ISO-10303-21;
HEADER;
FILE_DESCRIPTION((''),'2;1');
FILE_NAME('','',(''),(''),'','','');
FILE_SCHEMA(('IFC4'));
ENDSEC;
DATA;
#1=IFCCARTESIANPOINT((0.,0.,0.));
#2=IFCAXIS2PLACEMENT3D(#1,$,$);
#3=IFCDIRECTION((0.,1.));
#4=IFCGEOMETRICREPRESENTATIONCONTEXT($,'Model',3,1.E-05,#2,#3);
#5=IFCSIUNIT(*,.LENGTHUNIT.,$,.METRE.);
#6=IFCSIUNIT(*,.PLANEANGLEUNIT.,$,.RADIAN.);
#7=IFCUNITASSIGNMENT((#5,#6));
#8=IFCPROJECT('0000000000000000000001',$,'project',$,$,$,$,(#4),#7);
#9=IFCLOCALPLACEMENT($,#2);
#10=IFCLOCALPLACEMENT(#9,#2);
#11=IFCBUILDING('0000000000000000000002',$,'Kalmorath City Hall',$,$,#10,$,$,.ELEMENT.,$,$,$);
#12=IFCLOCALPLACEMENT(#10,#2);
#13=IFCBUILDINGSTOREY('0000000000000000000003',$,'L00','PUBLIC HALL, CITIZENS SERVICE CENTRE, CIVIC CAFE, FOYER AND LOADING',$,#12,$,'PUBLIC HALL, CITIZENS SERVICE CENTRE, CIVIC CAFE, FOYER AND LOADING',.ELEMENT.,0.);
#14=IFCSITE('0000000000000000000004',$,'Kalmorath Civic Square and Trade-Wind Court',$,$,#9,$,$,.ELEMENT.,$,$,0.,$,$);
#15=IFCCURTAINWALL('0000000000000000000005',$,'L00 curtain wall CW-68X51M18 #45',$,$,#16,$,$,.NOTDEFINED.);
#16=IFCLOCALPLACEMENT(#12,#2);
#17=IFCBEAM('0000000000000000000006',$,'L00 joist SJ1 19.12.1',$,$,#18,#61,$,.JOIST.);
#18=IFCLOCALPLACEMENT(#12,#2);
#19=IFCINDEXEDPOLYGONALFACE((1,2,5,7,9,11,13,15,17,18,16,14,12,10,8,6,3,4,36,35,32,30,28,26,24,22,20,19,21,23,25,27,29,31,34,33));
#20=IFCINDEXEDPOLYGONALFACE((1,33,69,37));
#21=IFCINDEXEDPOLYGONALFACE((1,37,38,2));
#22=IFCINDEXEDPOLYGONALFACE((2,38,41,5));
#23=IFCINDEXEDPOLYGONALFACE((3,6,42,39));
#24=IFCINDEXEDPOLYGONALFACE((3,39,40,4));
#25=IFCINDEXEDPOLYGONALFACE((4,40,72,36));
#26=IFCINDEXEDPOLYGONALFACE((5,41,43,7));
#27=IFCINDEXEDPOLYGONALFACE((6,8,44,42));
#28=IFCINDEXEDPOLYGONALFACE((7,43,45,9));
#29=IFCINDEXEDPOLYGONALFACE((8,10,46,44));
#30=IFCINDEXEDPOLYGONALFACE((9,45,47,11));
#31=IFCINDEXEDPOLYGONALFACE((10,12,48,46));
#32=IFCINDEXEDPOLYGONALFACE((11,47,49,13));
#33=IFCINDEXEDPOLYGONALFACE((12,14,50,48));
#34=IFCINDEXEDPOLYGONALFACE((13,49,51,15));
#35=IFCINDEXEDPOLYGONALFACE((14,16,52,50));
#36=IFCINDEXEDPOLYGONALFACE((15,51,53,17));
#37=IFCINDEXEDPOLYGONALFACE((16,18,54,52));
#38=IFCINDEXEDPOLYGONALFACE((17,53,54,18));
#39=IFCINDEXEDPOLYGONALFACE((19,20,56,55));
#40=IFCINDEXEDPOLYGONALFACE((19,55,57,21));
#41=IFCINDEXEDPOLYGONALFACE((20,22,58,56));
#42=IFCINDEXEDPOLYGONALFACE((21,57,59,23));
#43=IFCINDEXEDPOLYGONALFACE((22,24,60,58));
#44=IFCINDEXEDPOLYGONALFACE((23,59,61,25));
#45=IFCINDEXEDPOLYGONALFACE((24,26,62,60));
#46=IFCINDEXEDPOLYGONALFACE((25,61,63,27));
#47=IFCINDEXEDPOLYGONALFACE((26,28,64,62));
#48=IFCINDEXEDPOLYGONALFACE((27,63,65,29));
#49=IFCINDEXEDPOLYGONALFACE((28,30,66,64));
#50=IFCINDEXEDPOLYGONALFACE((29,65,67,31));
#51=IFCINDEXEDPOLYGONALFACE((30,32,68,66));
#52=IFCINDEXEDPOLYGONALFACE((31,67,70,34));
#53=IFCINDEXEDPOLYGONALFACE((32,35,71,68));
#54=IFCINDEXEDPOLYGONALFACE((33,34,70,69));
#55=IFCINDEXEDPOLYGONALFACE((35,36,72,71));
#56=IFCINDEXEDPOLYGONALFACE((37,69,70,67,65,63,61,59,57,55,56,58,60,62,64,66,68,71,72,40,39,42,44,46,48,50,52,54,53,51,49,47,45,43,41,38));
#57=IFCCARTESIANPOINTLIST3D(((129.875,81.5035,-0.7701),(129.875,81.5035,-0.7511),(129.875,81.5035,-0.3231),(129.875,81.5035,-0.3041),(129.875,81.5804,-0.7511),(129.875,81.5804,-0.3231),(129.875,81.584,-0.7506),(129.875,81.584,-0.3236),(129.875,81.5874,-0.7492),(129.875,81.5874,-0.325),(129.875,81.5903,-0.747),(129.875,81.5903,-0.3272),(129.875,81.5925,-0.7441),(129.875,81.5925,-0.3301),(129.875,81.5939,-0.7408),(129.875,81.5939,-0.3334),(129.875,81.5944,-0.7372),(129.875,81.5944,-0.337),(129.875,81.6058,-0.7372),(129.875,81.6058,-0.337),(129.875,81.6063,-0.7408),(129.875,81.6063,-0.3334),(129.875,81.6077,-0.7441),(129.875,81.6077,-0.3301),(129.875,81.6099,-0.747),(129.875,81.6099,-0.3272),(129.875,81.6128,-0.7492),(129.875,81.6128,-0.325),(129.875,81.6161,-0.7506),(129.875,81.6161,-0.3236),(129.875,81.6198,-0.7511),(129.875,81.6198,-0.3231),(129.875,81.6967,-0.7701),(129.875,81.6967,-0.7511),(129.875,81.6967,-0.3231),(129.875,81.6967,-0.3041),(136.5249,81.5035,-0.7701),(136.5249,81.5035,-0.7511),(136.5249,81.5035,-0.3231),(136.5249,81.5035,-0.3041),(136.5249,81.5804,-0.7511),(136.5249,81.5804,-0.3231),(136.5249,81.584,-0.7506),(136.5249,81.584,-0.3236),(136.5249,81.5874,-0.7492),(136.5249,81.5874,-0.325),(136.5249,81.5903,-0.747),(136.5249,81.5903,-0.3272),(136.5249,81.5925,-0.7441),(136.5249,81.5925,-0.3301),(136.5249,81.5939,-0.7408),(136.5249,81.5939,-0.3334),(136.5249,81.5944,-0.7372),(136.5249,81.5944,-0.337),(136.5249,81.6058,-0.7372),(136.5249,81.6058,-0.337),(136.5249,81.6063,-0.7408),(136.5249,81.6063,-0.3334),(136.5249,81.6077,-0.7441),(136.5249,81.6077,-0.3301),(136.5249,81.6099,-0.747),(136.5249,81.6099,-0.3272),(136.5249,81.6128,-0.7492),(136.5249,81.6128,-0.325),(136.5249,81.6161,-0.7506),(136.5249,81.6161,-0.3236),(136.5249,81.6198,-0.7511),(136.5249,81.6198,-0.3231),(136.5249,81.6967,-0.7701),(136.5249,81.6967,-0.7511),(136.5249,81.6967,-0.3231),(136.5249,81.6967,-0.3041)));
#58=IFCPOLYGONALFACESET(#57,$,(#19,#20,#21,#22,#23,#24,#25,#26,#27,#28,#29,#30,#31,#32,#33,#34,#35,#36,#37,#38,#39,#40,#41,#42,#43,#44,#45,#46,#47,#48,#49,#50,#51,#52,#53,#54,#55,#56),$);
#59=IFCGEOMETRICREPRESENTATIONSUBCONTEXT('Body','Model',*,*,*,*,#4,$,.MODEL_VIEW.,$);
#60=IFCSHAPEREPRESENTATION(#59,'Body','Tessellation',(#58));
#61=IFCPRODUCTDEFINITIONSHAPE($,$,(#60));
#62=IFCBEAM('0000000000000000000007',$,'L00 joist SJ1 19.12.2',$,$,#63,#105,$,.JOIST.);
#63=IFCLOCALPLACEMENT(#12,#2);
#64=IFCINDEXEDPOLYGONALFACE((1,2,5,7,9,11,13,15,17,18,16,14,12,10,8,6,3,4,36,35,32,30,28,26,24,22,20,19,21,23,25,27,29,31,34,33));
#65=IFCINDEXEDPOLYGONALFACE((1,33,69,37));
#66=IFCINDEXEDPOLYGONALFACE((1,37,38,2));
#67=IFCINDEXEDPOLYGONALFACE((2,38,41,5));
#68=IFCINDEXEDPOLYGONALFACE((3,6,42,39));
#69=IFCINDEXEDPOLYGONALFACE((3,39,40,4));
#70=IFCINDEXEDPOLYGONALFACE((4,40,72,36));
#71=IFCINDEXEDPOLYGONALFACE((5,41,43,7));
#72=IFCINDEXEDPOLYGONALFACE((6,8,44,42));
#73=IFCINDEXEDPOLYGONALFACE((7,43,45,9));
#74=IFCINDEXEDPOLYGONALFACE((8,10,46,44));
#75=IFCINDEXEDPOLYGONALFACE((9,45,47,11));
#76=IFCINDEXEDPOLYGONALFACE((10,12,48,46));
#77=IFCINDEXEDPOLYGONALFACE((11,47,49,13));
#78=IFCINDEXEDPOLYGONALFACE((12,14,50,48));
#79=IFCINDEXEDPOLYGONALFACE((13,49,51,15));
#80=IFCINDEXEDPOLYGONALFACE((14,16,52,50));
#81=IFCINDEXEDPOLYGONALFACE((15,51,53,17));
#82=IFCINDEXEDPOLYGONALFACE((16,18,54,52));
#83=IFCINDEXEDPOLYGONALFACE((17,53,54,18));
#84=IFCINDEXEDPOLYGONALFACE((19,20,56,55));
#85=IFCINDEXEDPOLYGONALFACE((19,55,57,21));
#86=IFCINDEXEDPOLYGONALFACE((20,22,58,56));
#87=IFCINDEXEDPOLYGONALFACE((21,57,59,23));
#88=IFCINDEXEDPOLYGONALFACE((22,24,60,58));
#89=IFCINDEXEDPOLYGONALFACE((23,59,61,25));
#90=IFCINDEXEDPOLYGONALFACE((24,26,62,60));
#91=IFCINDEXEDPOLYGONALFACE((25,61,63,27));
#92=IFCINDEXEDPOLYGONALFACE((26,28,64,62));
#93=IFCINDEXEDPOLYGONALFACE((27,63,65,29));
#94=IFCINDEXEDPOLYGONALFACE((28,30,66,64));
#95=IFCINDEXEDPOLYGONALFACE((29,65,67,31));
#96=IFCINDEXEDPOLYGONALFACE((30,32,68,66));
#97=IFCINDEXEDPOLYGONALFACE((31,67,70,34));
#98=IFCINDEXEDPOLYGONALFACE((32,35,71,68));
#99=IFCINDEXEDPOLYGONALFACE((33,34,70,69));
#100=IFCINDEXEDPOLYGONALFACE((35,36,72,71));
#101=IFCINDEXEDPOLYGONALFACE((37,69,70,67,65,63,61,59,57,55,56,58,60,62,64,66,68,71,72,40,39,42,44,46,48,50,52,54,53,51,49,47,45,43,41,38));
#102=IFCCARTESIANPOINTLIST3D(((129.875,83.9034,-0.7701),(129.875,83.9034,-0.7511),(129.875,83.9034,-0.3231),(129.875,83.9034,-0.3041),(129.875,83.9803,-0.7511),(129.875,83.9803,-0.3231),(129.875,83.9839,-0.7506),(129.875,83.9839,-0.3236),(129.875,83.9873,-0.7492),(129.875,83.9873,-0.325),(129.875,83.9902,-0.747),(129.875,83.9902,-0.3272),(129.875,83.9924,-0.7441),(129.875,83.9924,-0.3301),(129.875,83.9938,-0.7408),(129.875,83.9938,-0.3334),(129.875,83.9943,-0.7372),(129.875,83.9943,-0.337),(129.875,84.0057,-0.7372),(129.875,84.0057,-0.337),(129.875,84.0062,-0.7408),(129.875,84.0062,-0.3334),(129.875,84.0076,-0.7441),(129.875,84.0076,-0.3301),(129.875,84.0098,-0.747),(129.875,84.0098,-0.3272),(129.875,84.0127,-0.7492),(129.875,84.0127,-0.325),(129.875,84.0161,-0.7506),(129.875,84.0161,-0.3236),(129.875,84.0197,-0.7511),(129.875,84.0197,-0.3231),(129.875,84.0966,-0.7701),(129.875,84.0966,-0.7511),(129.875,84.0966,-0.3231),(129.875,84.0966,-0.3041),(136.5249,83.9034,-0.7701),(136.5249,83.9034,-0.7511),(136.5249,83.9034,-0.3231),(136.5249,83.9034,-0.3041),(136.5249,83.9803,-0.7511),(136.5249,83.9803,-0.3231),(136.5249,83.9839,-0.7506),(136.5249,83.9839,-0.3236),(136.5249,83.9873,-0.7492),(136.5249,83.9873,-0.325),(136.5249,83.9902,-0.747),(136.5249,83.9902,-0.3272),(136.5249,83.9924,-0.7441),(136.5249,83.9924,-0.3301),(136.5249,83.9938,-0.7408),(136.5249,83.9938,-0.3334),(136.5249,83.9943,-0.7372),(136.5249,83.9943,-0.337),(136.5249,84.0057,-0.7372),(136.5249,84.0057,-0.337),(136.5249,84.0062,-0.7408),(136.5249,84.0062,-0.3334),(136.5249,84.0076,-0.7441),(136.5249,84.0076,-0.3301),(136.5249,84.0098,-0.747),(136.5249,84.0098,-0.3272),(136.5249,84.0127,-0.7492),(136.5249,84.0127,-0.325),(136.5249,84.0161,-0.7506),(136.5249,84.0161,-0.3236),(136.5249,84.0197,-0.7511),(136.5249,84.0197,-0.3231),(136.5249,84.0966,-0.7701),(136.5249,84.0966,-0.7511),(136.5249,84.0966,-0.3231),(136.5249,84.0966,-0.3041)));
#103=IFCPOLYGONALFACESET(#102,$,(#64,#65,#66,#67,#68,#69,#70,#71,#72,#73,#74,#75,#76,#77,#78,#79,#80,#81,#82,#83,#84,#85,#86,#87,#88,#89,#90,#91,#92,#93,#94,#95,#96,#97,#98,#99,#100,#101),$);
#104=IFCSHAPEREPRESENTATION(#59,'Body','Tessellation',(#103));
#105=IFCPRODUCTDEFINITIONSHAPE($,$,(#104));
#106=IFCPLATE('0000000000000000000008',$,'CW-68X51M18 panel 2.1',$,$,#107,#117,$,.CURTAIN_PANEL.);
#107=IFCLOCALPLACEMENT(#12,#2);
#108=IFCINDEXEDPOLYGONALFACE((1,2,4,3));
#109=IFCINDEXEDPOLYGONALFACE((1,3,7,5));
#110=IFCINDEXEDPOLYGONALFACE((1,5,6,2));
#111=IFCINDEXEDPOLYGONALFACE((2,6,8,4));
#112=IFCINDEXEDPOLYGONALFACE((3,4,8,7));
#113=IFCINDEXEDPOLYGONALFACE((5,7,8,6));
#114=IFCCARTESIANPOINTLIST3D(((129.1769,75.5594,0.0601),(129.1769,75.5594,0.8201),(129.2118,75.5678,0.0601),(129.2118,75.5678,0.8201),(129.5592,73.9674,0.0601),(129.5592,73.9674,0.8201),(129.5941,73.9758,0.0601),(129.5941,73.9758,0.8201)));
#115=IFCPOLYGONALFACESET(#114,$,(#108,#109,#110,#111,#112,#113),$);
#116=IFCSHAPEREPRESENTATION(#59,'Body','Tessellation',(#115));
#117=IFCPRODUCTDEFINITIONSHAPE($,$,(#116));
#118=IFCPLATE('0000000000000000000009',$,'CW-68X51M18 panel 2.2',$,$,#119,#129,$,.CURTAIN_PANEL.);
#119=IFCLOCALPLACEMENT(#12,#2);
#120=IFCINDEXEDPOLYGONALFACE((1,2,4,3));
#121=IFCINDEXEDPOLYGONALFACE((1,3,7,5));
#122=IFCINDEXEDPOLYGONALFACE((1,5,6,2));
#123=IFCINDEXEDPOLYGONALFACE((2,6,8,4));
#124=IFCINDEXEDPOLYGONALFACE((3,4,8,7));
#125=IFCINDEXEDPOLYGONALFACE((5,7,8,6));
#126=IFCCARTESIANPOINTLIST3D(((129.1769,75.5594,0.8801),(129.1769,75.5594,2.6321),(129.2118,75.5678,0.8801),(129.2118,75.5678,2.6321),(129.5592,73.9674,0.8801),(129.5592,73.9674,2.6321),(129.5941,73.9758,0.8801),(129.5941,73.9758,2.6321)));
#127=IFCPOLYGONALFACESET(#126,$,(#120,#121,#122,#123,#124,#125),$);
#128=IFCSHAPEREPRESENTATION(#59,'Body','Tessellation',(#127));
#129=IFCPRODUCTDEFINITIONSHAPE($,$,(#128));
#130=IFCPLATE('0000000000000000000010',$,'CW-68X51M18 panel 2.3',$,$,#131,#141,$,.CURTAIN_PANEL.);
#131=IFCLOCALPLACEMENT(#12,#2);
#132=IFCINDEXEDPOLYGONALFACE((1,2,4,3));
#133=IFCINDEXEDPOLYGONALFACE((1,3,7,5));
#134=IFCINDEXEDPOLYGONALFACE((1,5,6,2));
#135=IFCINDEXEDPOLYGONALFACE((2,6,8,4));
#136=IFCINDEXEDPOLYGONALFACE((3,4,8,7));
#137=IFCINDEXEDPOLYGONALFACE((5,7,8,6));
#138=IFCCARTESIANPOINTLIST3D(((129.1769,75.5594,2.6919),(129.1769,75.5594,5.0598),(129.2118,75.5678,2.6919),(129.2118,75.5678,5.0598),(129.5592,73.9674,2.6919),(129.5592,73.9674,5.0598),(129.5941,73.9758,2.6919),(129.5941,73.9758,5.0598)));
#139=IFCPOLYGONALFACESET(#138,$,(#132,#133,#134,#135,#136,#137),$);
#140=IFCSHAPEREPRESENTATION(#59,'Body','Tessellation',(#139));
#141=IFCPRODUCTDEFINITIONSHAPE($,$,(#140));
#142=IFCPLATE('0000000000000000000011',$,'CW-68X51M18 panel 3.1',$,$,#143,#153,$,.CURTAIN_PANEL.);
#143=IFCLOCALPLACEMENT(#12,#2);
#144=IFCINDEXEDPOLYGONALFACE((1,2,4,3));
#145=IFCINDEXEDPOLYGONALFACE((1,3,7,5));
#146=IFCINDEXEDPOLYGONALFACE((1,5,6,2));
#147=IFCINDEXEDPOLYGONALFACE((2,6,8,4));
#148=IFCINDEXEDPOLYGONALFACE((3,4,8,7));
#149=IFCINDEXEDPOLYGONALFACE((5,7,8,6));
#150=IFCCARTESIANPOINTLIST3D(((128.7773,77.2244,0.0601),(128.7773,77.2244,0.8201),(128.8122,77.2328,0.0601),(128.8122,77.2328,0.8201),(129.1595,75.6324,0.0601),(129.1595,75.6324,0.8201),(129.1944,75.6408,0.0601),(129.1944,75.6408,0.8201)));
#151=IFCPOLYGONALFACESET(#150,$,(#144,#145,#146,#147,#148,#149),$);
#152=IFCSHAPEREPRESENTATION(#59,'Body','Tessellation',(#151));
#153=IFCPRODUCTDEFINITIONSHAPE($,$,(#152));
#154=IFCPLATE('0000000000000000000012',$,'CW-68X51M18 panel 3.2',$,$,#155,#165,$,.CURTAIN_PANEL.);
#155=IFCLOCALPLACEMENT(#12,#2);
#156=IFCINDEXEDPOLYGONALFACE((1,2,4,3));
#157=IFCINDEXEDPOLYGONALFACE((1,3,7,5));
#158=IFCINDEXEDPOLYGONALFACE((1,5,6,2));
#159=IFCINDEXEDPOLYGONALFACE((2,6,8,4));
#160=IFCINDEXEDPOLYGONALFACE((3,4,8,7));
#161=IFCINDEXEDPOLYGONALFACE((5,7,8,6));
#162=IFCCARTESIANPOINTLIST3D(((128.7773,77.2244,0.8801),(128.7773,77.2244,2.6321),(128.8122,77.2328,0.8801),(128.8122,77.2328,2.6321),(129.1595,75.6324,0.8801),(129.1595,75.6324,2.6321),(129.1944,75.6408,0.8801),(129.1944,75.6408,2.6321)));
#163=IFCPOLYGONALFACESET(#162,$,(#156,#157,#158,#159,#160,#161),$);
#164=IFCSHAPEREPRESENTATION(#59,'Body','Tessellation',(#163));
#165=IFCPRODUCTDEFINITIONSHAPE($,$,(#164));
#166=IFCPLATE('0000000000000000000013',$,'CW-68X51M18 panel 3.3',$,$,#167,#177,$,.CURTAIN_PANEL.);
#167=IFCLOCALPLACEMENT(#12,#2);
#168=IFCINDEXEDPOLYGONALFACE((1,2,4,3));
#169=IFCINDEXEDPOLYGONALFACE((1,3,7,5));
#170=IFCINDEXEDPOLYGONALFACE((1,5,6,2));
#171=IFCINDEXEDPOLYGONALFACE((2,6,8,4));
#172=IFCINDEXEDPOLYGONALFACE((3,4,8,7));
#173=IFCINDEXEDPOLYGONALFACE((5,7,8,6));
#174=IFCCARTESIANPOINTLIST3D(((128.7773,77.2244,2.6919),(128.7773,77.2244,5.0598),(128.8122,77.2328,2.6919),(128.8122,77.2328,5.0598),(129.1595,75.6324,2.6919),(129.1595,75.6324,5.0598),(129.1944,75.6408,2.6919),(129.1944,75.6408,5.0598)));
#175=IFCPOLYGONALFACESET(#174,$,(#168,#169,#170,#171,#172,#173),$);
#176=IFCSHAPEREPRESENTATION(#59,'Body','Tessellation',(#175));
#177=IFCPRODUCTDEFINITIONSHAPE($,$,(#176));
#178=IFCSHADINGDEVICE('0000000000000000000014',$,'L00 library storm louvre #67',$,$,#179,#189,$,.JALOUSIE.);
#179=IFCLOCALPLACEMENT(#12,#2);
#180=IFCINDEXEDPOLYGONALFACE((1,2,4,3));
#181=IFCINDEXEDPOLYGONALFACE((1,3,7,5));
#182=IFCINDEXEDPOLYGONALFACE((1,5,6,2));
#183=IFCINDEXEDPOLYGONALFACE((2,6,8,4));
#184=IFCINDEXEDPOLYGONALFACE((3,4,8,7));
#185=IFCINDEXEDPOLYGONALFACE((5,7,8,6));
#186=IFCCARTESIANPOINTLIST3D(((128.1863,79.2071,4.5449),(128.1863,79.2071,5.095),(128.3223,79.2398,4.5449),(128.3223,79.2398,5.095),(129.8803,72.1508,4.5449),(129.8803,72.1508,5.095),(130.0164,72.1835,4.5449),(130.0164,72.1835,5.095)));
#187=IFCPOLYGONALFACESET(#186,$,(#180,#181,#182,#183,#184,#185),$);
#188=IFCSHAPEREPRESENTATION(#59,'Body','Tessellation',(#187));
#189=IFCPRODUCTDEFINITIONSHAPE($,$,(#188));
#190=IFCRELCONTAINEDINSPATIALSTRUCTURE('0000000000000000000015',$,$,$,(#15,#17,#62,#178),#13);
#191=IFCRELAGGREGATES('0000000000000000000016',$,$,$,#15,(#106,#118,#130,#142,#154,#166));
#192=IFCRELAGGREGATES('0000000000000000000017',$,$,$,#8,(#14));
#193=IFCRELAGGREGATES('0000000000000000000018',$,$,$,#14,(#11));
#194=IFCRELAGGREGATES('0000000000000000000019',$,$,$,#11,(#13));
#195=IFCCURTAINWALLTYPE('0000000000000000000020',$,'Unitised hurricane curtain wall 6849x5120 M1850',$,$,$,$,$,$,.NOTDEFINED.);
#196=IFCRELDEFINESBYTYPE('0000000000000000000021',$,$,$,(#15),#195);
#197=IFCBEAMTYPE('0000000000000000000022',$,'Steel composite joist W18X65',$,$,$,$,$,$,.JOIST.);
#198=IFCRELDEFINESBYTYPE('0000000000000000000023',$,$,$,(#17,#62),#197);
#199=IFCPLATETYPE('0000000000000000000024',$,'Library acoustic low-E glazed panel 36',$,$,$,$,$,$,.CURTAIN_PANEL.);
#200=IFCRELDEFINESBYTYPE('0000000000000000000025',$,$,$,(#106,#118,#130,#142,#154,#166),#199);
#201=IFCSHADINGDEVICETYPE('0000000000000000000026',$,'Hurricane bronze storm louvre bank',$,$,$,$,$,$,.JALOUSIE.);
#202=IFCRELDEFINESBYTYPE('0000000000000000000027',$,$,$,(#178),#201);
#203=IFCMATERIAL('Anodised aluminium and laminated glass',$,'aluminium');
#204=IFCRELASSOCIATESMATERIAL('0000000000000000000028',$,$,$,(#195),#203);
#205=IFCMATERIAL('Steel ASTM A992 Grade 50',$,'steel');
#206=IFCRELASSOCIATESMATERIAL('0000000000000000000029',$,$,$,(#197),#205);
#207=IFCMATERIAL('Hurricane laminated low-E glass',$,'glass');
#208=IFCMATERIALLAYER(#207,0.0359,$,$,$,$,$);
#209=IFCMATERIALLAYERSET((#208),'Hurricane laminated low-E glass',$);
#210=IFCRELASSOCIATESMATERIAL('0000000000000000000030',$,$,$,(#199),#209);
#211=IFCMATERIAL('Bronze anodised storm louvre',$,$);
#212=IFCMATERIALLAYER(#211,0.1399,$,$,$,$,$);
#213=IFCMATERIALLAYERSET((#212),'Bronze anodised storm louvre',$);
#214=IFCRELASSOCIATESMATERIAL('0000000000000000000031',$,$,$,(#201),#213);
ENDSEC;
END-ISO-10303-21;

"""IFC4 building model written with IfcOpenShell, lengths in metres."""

from ifc_helpers import new_model, si_unit, direction, frame, origin, origin_2d, place, context, subcontext, project, spatial, rectangle, i_section, extrude, material, layer, layer_set, material_profile, profile_set, type_object, element, aggregate, save


model = new_model("IFC4")

# Units and contexts
model_context = context("Model", 3, precision=1e-05, world=origin(), true_north=direction((0.0, 1.0)))
body_context = subcontext(model_context, "Body", "Model", "MODEL_VIEW")
ifc_project = project(units=[si_unit("LENGTHUNIT", "METRE"), si_unit("PLANEANGLEUNIT", "RADIAN")], contexts=[model_context])

# Site, building, storey
site_placement = place(None, origin())
site = spatial("IfcSite", under=ifc_project, at=site_placement, Name="Kalmorath Civic Square and Trade-Wind Court", CompositionType="ELEMENT", RefElevation=0.0)
building_placement = place(site_placement, origin())
building = spatial("IfcBuilding", under=site, at=building_placement, Name="Kalmorath City Hall", CompositionType="ELEMENT")
storey_placement = place(building_placement, origin())
storey = spatial("IfcBuildingStorey", under=building, at=storey_placement, Name="L00", Description="PUBLIC HALL, CITIZENS SERVICE CENTRE, CIVIC CAFE, FOYER AND LOADING", LongName="PUBLIC HALL, CITIZENS SERVICE CENTRE, CIVIC CAFE, FOYER AND LOADING", CompositionType="ELEMENT", Elevation=0.0)

# Curtain wall
ifc_material_1 = material(Name="Anodised aluminium and laminated glass", Category="aluminium")
curtain_wall_type = type_object("IfcCurtainWallType", Name="Unitised hurricane curtain wall 6849x5120 M1850", PredefinedType="NOTDEFINED", material=ifc_material_1)
curtain_wall_placement = place(storey_placement, origin())
curtain_wall = element("IfcCurtainWall", 1, at=curtain_wall_placement, inside=storey, type_object=curtain_wall_type, Name="L00 curtain wall CW-68X51M18 #45", PredefinedType="NOTDEFINED")

# Beams
ifc_material_2 = material(Name="Steel ASTM A992 Grade 50", Category="steel")
ifc_material_profile_1 = material_profile(ifc_material_2, i_section(OverallWidth=0.1931, OverallDepth=0.4661, WebThickness=0.0115, FlangeThickness=0.019, FilletRadius=0.0139, at=origin_2d()), Name="W18X65")
ifc_profile_set_1 = profile_set([ifc_material_profile_1], Name="Steel ASTM A992 Grade 50")
beam_type_1 = type_object("IfcBeamType", Name="Steel composite joist W18X65", PredefinedType="JOIST", material=ifc_profile_set_1)
for number, where, z_axis, x_axis, name in (
    (2, (129.875, 81.6001, -0.5371), (1.0, 0.0, 0.0), (0.0, 1.0, 0.0), "L00 joist SJ1 19.12.1"),
    (3, (129.875, 84.0, -0.5371), (1.0, 0.0, 0.0), (0.0, 1.0, 0.0), "L00 joist SJ1 19.12.2"),
):
    element("IfcBeam", number, at=place(storey_placement, frame(where, z_axis=z_axis, x_axis=x_axis)), inside=storey, type_object=beam_type_1, Name=name, PredefinedType="JOIST", context=body_context, shape_type="SweptSolid", body=[
        extrude(i_section(OverallWidth=0.1931, OverallDepth=0.4661, WebThickness=0.0115, FlangeThickness=0.019, FilletRadius=0.0139, at=origin_2d()), origin(), (0.0, 0.0, 1.0), 6.6499),
    ])

# Plates
ifc_material_3 = material(Name="Hurricane laminated low-E glass", Category="glass")
ifc_layer_1 = layer(ifc_material_3, 0.0359)
ifc_layer_set_1 = layer_set([ifc_layer_1], Name="Hurricane laminated low-E glass")
plate_type = type_object("IfcPlateType", Name="Library acoustic low-E glazed panel 36", PredefinedType="CURTAIN_PANEL", material=ifc_layer_set_1)
plate_1_placement = place(storey_placement, frame((129.3855, 74.7676, 0.0601), z_axis=(0.0, 0.0, 1.0), x_axis=(-0.233456, 0.972367, 0.0)))
plate_1 = element("IfcPlate", 4, at=plate_1_placement, type_object=plate_type, Name="CW-68X51M18 panel 2.1", PredefinedType="CURTAIN_PANEL", context=body_context, shape_type="SweptSolid", body=[
    extrude(rectangle(XDim=1.6372, YDim=0.0359, at=origin_2d()), origin(), (0.0, 0.0, 1.0), 0.76),
])
plate_2_placement = place(storey_placement, frame((129.3855, 74.7676, 0.8801), z_axis=(0.0, 0.0, 1.0), x_axis=(-0.233456, 0.972367, 0.0)))
plate_2 = element("IfcPlate", 5, at=plate_2_placement, type_object=plate_type, Name="CW-68X51M18 panel 2.2", PredefinedType="CURTAIN_PANEL", context=body_context, shape_type="SweptSolid", body=[
    extrude(rectangle(XDim=1.6372, YDim=0.0359, at=origin_2d()), origin(), (0.0, 0.0, 1.0), 1.752),
])
plate_3_placement = place(storey_placement, frame((129.3855, 74.7676, 2.6919), z_axis=(0.0, 0.0, 1.0), x_axis=(-0.233456, 0.972367, 0.0)))
plate_3 = element("IfcPlate", 6, at=plate_3_placement, type_object=plate_type, Name="CW-68X51M18 panel 2.3", PredefinedType="CURTAIN_PANEL", context=body_context, shape_type="SweptSolid", body=[
    extrude(rectangle(XDim=1.6372, YDim=0.0359, at=origin_2d()), origin(), (0.0, 0.0, 1.0), 2.3679),
])
plate_4_placement = place(storey_placement, frame((128.9858, 76.4326, 0.0601), z_axis=(0.0, 0.0, 1.0), x_axis=(-0.233456, 0.972367, 0.0)))
plate_4 = element("IfcPlate", 7, at=plate_4_placement, type_object=plate_type, Name="CW-68X51M18 panel 3.1", PredefinedType="CURTAIN_PANEL", context=body_context, shape_type="SweptSolid", body=[
    extrude(rectangle(XDim=1.6372, YDim=0.0359, at=origin_2d()), origin(), (0.0, 0.0, 1.0), 0.76),
])
plate_5_placement = place(storey_placement, frame((128.9858, 76.4326, 0.8801), z_axis=(0.0, 0.0, 1.0), x_axis=(-0.233456, 0.972367, 0.0)))
plate_5 = element("IfcPlate", 8, at=plate_5_placement, type_object=plate_type, Name="CW-68X51M18 panel 3.2", PredefinedType="CURTAIN_PANEL", context=body_context, shape_type="SweptSolid", body=[
    extrude(rectangle(XDim=1.6372, YDim=0.0359, at=origin_2d()), origin(), (0.0, 0.0, 1.0), 1.752),
])
plate_6_placement = place(storey_placement, frame((128.9858, 76.4326, 2.6919), z_axis=(0.0, 0.0, 1.0), x_axis=(-0.233456, 0.972367, 0.0)))
plate_6 = element("IfcPlate", 9, at=plate_6_placement, type_object=plate_type, Name="CW-68X51M18 panel 3.3", PredefinedType="CURTAIN_PANEL", context=body_context, shape_type="SweptSolid", body=[
    extrude(rectangle(XDim=1.6372, YDim=0.0359, at=origin_2d()), origin(), (0.0, 0.0, 1.0), 2.3679),
])
aggregate(curtain_wall, [plate_1, plate_2, plate_3, plate_4, plate_5, plate_6])

# Shading device
ifc_material_4 = material(Name="Bronze anodised storm louvre")
ifc_layer_2 = layer(ifc_material_4, 0.1399)
ifc_layer_set_2 = layer_set([ifc_layer_2], Name="Bronze anodised storm louvre")
shading_device_type = type_object("IfcShadingDeviceType", Name="Hurricane bronze storm louvre bank", PredefinedType="JALOUSIE", material=ifc_layer_set_2)
shading_device_placement = place(storey_placement, frame((129.1013, 75.6953, 4.5449), z_axis=(0.0, 0.0, 1.0), x_axis=(-0.233445, 0.97237, 0.0)))
element("IfcShadingDevice", 10, at=shading_device_placement, inside=storey, type_object=shading_device_type, Name="L00 library storm louvre #67", PredefinedType="JALOUSIE", context=body_context, shape_type="SweptSolid", body=[
    extrude(rectangle(XDim=7.2568, YDim=0.1399, at=origin_2d()), origin(), (0.0, 0.0, 1.0), 0.55),
])

save(model, "model.ifc")
